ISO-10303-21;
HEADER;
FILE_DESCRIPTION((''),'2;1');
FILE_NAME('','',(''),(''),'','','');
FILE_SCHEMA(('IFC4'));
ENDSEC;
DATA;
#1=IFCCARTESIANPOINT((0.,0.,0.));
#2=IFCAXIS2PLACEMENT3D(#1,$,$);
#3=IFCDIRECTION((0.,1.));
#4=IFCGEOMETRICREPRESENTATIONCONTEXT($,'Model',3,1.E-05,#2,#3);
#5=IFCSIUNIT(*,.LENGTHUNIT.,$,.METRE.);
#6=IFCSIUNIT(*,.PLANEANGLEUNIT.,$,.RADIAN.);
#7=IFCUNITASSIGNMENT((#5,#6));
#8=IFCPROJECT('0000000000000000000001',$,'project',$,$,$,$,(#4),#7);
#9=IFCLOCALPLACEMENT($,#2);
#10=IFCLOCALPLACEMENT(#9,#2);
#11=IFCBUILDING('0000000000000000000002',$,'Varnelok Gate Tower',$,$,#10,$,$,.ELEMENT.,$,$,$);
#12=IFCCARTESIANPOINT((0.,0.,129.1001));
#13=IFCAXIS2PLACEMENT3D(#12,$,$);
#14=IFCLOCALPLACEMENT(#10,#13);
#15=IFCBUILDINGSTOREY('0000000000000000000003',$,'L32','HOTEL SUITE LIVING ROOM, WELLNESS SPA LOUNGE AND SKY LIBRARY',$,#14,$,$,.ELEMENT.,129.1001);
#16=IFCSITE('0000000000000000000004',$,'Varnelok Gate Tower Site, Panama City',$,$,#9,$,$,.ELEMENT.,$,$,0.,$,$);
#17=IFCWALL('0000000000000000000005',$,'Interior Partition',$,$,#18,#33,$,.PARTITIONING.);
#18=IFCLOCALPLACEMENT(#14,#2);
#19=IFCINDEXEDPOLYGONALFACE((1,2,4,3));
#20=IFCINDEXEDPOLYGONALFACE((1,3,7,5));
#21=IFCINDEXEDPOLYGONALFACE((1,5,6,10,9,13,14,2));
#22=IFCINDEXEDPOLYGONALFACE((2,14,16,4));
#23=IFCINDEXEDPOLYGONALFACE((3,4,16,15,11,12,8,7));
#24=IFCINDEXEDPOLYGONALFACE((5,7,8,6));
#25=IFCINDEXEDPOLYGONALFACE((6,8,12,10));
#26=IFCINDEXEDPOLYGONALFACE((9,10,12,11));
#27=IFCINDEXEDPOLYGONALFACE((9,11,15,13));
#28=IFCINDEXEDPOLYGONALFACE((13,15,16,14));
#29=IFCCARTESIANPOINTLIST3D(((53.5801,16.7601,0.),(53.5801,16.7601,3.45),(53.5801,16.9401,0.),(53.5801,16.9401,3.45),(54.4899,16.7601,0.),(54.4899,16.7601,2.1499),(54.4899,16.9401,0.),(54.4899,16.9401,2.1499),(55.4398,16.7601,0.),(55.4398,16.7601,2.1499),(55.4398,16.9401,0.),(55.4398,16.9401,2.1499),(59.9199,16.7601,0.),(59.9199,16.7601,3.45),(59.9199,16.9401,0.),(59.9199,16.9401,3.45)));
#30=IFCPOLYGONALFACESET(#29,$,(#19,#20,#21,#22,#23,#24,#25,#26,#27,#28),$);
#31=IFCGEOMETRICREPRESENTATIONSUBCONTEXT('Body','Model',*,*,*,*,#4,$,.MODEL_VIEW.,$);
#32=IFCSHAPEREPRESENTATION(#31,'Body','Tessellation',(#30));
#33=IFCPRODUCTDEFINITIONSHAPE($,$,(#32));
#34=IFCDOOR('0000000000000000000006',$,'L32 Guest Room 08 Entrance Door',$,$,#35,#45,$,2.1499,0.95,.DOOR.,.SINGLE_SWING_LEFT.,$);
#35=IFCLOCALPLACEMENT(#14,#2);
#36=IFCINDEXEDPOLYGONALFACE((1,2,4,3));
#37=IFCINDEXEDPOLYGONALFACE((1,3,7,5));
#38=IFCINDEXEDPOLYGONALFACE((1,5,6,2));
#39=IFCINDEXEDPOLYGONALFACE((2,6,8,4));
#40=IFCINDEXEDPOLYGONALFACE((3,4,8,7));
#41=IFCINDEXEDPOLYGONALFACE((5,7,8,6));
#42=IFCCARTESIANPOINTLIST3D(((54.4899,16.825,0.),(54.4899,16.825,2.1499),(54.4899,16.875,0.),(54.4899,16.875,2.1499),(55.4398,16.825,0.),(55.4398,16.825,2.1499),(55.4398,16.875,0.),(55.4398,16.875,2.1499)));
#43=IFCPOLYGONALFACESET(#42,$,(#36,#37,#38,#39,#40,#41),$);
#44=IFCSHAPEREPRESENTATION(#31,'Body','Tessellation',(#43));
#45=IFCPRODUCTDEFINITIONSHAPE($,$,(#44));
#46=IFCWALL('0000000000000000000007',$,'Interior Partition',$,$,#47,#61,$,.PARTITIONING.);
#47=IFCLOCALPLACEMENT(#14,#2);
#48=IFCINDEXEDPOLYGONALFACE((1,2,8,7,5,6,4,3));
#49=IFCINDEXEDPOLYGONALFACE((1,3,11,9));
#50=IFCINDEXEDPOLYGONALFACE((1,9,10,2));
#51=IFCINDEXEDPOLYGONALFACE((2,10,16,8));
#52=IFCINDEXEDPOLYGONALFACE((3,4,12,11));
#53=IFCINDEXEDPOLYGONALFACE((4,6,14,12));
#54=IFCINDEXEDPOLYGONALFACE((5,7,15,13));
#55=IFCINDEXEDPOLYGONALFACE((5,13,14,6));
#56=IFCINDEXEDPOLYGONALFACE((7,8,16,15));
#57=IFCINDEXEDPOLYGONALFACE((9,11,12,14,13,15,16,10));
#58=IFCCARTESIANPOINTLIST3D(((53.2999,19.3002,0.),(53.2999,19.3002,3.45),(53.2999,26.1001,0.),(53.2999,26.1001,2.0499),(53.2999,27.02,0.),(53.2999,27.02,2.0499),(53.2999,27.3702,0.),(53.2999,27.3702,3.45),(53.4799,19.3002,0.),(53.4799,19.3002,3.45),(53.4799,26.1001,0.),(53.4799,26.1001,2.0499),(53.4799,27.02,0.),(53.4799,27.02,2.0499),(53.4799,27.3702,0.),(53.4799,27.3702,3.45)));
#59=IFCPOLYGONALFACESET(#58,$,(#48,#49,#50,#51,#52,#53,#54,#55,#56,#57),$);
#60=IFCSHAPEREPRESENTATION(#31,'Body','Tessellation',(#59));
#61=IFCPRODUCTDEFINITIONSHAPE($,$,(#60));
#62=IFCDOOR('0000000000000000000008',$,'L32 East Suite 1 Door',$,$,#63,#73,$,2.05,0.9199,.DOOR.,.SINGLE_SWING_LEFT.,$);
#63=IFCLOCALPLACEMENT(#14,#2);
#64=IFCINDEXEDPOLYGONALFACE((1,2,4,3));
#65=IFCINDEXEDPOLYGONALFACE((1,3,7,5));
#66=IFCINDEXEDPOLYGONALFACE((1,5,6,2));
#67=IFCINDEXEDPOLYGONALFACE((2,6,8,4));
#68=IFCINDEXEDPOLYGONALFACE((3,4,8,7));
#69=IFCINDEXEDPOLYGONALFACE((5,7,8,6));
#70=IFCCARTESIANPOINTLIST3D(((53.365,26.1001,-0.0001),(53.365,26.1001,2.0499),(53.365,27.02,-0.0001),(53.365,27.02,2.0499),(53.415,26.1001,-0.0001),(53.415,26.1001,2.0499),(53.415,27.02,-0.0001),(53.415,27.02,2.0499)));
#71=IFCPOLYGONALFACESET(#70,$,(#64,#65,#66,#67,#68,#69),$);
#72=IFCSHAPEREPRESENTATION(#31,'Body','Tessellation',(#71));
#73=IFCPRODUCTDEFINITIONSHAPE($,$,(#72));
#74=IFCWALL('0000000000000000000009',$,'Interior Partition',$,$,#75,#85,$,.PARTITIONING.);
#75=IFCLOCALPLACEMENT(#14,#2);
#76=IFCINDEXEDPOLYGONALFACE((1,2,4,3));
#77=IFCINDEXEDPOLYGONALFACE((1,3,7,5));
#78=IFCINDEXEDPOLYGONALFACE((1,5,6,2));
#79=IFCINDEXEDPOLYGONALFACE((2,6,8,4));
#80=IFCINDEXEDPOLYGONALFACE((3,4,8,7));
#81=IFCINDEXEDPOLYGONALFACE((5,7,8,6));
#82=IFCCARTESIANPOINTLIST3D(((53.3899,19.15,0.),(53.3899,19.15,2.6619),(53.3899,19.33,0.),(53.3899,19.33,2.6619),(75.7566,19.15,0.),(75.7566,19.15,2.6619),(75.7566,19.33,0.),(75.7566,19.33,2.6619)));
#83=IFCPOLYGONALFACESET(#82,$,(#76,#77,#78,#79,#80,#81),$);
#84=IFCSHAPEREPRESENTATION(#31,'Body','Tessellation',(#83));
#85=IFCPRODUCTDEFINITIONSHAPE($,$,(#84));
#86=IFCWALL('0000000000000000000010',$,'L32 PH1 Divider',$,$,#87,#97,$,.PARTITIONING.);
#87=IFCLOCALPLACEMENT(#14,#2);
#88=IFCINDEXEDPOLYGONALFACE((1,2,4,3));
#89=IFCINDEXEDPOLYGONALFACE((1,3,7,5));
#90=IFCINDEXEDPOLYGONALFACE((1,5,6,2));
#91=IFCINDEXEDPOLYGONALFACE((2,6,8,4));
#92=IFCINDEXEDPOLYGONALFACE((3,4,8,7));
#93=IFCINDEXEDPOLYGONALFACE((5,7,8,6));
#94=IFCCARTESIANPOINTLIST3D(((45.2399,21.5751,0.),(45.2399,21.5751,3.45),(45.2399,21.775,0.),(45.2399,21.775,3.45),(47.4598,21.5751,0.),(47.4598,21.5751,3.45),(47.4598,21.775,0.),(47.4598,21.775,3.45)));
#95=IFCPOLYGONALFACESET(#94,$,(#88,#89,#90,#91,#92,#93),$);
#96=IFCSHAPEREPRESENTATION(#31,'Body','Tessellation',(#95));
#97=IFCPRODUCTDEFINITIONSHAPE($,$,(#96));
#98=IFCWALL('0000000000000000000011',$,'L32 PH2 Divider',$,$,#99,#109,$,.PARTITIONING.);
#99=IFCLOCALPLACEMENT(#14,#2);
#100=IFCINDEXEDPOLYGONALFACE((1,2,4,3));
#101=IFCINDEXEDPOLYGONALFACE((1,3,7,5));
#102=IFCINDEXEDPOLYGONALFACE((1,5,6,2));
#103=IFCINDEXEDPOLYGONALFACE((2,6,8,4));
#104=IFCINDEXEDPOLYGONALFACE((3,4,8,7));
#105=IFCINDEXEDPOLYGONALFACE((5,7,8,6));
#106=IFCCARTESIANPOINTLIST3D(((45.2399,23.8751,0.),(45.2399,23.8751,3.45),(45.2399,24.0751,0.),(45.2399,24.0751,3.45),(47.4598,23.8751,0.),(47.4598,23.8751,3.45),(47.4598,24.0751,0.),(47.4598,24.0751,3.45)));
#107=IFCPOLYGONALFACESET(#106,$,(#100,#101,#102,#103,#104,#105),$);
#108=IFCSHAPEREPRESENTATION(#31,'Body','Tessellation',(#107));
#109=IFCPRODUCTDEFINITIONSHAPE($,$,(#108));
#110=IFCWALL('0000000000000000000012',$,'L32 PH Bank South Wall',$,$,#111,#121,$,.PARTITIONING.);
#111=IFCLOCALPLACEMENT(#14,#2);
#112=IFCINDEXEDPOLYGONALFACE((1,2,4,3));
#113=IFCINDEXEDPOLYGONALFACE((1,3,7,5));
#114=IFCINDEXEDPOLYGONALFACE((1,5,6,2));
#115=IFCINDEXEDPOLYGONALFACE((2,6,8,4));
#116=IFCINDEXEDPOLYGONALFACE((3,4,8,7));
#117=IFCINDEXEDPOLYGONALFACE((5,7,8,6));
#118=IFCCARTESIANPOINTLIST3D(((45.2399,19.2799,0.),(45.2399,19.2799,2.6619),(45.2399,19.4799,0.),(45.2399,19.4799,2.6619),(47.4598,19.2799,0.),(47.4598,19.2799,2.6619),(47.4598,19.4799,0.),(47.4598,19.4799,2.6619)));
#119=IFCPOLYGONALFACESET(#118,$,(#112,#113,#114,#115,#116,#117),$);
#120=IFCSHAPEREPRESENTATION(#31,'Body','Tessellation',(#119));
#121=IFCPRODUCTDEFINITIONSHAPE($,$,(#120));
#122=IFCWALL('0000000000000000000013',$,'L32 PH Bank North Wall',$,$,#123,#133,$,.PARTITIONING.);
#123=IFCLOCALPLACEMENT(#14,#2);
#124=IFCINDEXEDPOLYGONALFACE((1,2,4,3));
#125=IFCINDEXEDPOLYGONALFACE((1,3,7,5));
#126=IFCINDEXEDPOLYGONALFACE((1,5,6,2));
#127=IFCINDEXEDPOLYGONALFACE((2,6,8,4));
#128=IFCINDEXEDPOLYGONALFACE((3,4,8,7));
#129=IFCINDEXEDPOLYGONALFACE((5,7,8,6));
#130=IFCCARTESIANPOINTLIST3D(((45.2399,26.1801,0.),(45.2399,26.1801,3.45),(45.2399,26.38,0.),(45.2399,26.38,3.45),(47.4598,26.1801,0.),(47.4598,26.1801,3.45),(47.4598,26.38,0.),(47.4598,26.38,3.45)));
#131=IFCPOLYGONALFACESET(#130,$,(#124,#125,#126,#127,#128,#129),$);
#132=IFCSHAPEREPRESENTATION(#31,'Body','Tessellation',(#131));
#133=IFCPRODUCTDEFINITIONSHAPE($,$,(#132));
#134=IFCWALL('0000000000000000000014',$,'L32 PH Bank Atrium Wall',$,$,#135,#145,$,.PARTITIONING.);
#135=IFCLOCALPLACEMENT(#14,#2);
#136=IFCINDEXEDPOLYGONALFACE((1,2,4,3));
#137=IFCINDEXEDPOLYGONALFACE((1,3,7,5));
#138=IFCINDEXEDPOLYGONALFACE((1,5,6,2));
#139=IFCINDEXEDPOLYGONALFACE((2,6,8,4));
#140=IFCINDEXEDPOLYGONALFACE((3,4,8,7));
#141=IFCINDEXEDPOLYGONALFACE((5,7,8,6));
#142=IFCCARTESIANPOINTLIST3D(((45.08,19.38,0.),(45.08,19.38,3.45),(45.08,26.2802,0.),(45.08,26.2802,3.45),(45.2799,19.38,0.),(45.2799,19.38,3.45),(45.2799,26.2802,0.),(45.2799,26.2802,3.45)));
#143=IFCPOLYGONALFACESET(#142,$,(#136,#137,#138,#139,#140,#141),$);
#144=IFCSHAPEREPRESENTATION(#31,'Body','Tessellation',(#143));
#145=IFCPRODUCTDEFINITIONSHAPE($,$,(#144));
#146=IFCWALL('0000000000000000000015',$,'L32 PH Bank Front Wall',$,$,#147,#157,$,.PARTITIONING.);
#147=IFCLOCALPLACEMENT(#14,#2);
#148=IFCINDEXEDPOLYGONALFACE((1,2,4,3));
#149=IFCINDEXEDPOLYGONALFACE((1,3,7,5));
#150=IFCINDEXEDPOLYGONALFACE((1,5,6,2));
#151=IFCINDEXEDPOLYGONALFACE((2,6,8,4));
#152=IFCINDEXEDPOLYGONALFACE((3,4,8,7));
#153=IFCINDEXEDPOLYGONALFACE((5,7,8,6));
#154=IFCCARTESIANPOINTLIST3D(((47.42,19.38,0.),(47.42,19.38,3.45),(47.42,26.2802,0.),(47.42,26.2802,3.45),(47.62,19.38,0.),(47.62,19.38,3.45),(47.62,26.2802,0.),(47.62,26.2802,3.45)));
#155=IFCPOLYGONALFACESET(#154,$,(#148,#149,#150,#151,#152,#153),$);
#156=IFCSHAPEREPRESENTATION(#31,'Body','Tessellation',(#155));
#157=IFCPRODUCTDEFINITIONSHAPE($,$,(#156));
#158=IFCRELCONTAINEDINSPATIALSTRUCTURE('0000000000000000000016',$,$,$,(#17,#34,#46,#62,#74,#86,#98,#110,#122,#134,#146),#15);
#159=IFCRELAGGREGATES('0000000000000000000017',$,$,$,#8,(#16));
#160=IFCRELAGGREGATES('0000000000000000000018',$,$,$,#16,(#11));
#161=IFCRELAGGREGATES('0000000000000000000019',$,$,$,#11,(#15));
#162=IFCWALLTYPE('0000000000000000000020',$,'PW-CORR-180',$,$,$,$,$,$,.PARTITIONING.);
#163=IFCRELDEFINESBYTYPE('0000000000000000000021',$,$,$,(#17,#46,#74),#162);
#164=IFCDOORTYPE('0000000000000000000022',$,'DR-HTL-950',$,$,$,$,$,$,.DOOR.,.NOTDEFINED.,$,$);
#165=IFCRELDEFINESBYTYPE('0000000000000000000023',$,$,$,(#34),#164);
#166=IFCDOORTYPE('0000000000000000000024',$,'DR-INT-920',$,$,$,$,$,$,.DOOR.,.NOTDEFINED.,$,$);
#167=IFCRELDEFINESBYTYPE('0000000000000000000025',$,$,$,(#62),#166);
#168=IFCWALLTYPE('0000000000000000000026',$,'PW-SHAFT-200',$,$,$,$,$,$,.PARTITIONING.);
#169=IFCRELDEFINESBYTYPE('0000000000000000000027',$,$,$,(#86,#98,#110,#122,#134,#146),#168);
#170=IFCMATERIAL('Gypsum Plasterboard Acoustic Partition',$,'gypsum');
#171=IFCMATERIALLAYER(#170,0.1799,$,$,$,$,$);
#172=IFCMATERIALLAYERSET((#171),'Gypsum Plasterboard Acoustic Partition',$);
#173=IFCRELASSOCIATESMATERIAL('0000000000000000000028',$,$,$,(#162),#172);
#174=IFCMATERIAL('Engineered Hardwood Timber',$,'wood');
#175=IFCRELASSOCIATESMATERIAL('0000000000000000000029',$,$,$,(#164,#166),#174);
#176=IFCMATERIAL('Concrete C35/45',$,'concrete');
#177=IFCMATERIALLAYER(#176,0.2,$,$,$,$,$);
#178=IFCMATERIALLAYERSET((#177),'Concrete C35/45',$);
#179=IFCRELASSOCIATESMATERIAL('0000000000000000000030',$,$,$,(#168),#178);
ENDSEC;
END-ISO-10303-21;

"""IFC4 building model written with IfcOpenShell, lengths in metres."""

from ifc_helpers import new_model, si_unit, direction, frame, frame_2d, origin, place, context, subcontext, project, spatial, rectangle, extrude, material, layer, layer_set, type_object, element, fill, save


model = new_model("IFC4")

# Units and contexts
model_context = context("Model", 3, precision=1e-05, world=origin(), true_north=direction((0.0, 1.0)))
body_context = subcontext(model_context, "Body", "Model", "MODEL_VIEW")
ifc_project = project(units=[si_unit("LENGTHUNIT", "METRE"), si_unit("PLANEANGLEUNIT", "RADIAN")], contexts=[model_context])

# Site, building, storey
site_placement = place(None, origin())
site = spatial("IfcSite", under=ifc_project, at=site_placement, Name="Varnelok Gate Tower Site, Panama City", CompositionType="ELEMENT", RefElevation=0.0)
building_placement = place(site_placement, origin())
building = spatial("IfcBuilding", under=site, at=building_placement, Name="Varnelok Gate Tower", CompositionType="ELEMENT")
storey_placement = place(building_placement, frame((0.0, 0.0, 129.1001)))
storey = spatial("IfcBuildingStorey", under=building, at=storey_placement, Name="L32", Description="HOTEL SUITE LIVING ROOM, WELLNESS SPA LOUNGE AND SKY LIBRARY", CompositionType="ELEMENT", Elevation=129.1001)

# Walls, openings, doors
ifc_material_1 = material(Name="Gypsum Plasterboard Acoustic Partition", Category="gypsum")
ifc_layer_1 = layer(ifc_material_1, 0.1799)
ifc_layer_set_1 = layer_set([ifc_layer_1], Name="Gypsum Plasterboard Acoustic Partition")
wall_type_1 = type_object("IfcWallType", Name="PW-CORR-180", PredefinedType="PARTITIONING", material=ifc_layer_set_1)
ifc_material_2 = material(Name="Engineered Hardwood Timber", Category="wood")
door_type_1 = type_object("IfcDoorType", Name="DR-HTL-950", OperationType="NOTDEFINED", PredefinedType="DOOR", material=ifc_material_2)
wall_1_placement = place(storey_placement, frame((53.5801, 16.8501, 0.0), z_axis=(0.0, 0.0, 1.0), x_axis=(1.0, 0.0, 0.0)))
wall_1 = element("IfcWall", 1, at=wall_1_placement, inside=storey, type_object=wall_type_1, Name="Interior Partition", PredefinedType="PARTITIONING", context=body_context, shape_type="SweptSolid", body=[
    extrude(rectangle(XDim=6.3398, YDim=0.1799, at=frame_2d((3.1699, 0.0))), origin(), (0.0, 0.0, 1.0), 3.45),
])
opening_1_placement = place(wall_1_placement, frame((0.9097, 0.0, 0.0)))
opening_1 = element("IfcOpeningElement", 2, at=opening_1_placement, cuts=wall_1, PredefinedType="OPENING", context=body_context, shape_type="SweptSolid", body=[
    extrude(rectangle(XDim=0.95, YDim=2.1499, at=frame_2d((0.4751, 1.075))), frame((0.0, 0.0999, 0.0), z_axis=(0.0, -1.0, 0.0), x_axis=(1.0, 0.0, 0.0)), (0.0, 0.0, 1.0), 0.2),
])
door_1_placement = place(opening_1_placement, origin())
door_1 = element("IfcDoor", 3, at=door_1_placement, inside=storey, type_object=door_type_1, Name="L32 Guest Room 08 Entrance Door", OperationType="SINGLE_SWING_LEFT", OverallHeight=2.1499, OverallWidth=0.95, PredefinedType="DOOR", context=body_context, shape_type="SweptSolid", body=[
    extrude(rectangle(XDim=0.95, YDim=2.1499, at=frame_2d((0.4751, 1.075))), frame((0.0, 0.0249, 0.0), z_axis=(0.0, -1.0, 0.0), x_axis=(1.0, 0.0, 0.0)), (0.0, 0.0, 1.0), 0.05),
])
fill(opening_1, door_1)
wall_2_placement = place(storey_placement, frame((53.3899, 19.3, 0.0), z_axis=(0.0, 0.0, 1.0), x_axis=(0.0, 1.0, 0.0)))
wall_2 = element("IfcWall", 4, at=wall_2_placement, inside=storey, type_object=wall_type_1, Name="Interior Partition", PredefinedType="PARTITIONING", context=body_context, shape_type="SweptSolid", body=[
    extrude(rectangle(XDim=8.0701, YDim=0.1799, at=frame_2d((4.0352, 0.0))), origin(), (0.0, 0.0, 1.0), 3.45),
])
opening_2_placement = place(wall_2_placement, frame((6.8, 0.0, 0.0)))
opening_2 = element("IfcOpeningElement", 5, at=opening_2_placement, cuts=wall_2, PredefinedType="OPENING", context=body_context, shape_type="SweptSolid", body=[
    extrude(rectangle(XDim=0.9199, YDim=2.05, at=frame_2d((0.46, 1.0249))), frame((0.0, 0.0999, 0.0), z_axis=(0.0, -1.0, 0.0), x_axis=(1.0, 0.0, 0.0)), (0.0, 0.0, 1.0), 0.2),
])
door_type_2 = type_object("IfcDoorType", Name="DR-INT-920", OperationType="NOTDEFINED", PredefinedType="DOOR", material=ifc_material_2)
door_2_placement = place(opening_2_placement, origin())
door_2 = element("IfcDoor", 6, at=door_2_placement, inside=storey, type_object=door_type_2, Name="L32 East Suite 1 Door", OperationType="SINGLE_SWING_LEFT", OverallHeight=2.05, OverallWidth=0.9199, PredefinedType="DOOR", context=body_context, shape_type="SweptSolid", body=[
    extrude(rectangle(XDim=0.9199, YDim=2.05, at=frame_2d((0.46, 1.0249))), frame((0.0, 0.0249, 0.0), z_axis=(0.0, -1.0, 0.0), x_axis=(1.0, 0.0, 0.0)), (0.0, 0.0, 1.0), 0.05),
])
fill(opening_2, door_2)

# Walls
wall_3_placement = place(storey_placement, frame((53.3899, 19.24, 0.0), z_axis=(0.0, 0.0, 1.0), x_axis=(1.0, 0.0, 0.0)))
element("IfcWall", 7, at=wall_3_placement, inside=storey, type_object=wall_type_1, Name="Interior Partition", PredefinedType="PARTITIONING", context=body_context, shape_type="SweptSolid", body=[
    extrude(rectangle(XDim=22.3667, YDim=0.1799, at=frame_2d((11.1833, 0.0))), origin(), (0.0, 0.0, 1.0), 2.6619),
])
ifc_material_3 = material(Name="Concrete C35/45", Category="concrete")
ifc_layer_2 = layer(ifc_material_3, 0.2)
ifc_layer_set_2 = layer_set([ifc_layer_2], Name="Concrete C35/45")
wall_type_2 = type_object("IfcWallType", Name="PW-SHAFT-200", PredefinedType="PARTITIONING", material=ifc_layer_set_2)
for number, where, z_axis, x_axis, name in (
    (8, (45.24, 21.675, 0.0), (0.0, 0.0, 1.0), (1.0, 0.0, 0.0), "L32 PH1 Divider"),
    (9, (45.24, 23.9751, 0.0), (0.0, 0.0, 1.0), (1.0, 0.0, 0.0), "L32 PH2 Divider"),
):
    element("IfcWall", number, at=place(storey_placement, frame(where, z_axis=z_axis, x_axis=x_axis)), inside=storey, type_object=wall_type_2, Name=name, PredefinedType="PARTITIONING", context=body_context, shape_type="SweptSolid", body=[
        extrude(rectangle(XDim=2.22, YDim=0.2, at=frame_2d((1.1099, 0.0))), origin(), (0.0, 0.0, 1.0), 3.45),
    ])
wall_4_placement = place(storey_placement, frame((45.24, 19.3799, 0.0), z_axis=(0.0, 0.0, 1.0), x_axis=(1.0, 0.0, 0.0)))
element("IfcWall", 10, at=wall_4_placement, inside=storey, type_object=wall_type_2, Name="L32 PH Bank South Wall", PredefinedType="PARTITIONING", context=body_context, shape_type="SweptSolid", body=[
    extrude(rectangle(XDim=2.22, YDim=0.2, at=frame_2d((1.1099, 0.0))), origin(), (0.0, 0.0, 1.0), 2.6619),
])
wall_5_placement = place(storey_placement, frame((45.24, 26.28, 0.0), z_axis=(0.0, 0.0, 1.0), x_axis=(1.0, 0.0, 0.0)))
element("IfcWall", 11, at=wall_5_placement, inside=storey, type_object=wall_type_2, Name="L32 PH Bank North Wall", PredefinedType="PARTITIONING", context=body_context, shape_type="SweptSolid", body=[
    extrude(rectangle(XDim=2.22, YDim=0.2, at=frame_2d((1.1099, 0.0))), origin(), (0.0, 0.0, 1.0), 3.45),
])
for number, where, z_axis, x_axis, name in (
    (12, (45.1799, 19.3799, 0.0), (0.0, 0.0, 1.0), (0.0, 1.0, 0.0), "L32 PH Bank Atrium Wall"),
    (13, (47.52, 19.3799, 0.0), (0.0, 0.0, 1.0), (0.0, 1.0, 0.0), "L32 PH Bank Front Wall"),
):
    element("IfcWall", number, at=place(storey_placement, frame(where, z_axis=z_axis, x_axis=x_axis)), inside=storey, type_object=wall_type_2, Name=name, PredefinedType="PARTITIONING", context=body_context, shape_type="SweptSolid", body=[
        extrude(rectangle(XDim=6.9001, YDim=0.2, at=frame_2d((3.4502, 0.0))), origin(), (0.0, 0.0, 1.0), 3.45),
    ])

save(model, "model.ifc")
